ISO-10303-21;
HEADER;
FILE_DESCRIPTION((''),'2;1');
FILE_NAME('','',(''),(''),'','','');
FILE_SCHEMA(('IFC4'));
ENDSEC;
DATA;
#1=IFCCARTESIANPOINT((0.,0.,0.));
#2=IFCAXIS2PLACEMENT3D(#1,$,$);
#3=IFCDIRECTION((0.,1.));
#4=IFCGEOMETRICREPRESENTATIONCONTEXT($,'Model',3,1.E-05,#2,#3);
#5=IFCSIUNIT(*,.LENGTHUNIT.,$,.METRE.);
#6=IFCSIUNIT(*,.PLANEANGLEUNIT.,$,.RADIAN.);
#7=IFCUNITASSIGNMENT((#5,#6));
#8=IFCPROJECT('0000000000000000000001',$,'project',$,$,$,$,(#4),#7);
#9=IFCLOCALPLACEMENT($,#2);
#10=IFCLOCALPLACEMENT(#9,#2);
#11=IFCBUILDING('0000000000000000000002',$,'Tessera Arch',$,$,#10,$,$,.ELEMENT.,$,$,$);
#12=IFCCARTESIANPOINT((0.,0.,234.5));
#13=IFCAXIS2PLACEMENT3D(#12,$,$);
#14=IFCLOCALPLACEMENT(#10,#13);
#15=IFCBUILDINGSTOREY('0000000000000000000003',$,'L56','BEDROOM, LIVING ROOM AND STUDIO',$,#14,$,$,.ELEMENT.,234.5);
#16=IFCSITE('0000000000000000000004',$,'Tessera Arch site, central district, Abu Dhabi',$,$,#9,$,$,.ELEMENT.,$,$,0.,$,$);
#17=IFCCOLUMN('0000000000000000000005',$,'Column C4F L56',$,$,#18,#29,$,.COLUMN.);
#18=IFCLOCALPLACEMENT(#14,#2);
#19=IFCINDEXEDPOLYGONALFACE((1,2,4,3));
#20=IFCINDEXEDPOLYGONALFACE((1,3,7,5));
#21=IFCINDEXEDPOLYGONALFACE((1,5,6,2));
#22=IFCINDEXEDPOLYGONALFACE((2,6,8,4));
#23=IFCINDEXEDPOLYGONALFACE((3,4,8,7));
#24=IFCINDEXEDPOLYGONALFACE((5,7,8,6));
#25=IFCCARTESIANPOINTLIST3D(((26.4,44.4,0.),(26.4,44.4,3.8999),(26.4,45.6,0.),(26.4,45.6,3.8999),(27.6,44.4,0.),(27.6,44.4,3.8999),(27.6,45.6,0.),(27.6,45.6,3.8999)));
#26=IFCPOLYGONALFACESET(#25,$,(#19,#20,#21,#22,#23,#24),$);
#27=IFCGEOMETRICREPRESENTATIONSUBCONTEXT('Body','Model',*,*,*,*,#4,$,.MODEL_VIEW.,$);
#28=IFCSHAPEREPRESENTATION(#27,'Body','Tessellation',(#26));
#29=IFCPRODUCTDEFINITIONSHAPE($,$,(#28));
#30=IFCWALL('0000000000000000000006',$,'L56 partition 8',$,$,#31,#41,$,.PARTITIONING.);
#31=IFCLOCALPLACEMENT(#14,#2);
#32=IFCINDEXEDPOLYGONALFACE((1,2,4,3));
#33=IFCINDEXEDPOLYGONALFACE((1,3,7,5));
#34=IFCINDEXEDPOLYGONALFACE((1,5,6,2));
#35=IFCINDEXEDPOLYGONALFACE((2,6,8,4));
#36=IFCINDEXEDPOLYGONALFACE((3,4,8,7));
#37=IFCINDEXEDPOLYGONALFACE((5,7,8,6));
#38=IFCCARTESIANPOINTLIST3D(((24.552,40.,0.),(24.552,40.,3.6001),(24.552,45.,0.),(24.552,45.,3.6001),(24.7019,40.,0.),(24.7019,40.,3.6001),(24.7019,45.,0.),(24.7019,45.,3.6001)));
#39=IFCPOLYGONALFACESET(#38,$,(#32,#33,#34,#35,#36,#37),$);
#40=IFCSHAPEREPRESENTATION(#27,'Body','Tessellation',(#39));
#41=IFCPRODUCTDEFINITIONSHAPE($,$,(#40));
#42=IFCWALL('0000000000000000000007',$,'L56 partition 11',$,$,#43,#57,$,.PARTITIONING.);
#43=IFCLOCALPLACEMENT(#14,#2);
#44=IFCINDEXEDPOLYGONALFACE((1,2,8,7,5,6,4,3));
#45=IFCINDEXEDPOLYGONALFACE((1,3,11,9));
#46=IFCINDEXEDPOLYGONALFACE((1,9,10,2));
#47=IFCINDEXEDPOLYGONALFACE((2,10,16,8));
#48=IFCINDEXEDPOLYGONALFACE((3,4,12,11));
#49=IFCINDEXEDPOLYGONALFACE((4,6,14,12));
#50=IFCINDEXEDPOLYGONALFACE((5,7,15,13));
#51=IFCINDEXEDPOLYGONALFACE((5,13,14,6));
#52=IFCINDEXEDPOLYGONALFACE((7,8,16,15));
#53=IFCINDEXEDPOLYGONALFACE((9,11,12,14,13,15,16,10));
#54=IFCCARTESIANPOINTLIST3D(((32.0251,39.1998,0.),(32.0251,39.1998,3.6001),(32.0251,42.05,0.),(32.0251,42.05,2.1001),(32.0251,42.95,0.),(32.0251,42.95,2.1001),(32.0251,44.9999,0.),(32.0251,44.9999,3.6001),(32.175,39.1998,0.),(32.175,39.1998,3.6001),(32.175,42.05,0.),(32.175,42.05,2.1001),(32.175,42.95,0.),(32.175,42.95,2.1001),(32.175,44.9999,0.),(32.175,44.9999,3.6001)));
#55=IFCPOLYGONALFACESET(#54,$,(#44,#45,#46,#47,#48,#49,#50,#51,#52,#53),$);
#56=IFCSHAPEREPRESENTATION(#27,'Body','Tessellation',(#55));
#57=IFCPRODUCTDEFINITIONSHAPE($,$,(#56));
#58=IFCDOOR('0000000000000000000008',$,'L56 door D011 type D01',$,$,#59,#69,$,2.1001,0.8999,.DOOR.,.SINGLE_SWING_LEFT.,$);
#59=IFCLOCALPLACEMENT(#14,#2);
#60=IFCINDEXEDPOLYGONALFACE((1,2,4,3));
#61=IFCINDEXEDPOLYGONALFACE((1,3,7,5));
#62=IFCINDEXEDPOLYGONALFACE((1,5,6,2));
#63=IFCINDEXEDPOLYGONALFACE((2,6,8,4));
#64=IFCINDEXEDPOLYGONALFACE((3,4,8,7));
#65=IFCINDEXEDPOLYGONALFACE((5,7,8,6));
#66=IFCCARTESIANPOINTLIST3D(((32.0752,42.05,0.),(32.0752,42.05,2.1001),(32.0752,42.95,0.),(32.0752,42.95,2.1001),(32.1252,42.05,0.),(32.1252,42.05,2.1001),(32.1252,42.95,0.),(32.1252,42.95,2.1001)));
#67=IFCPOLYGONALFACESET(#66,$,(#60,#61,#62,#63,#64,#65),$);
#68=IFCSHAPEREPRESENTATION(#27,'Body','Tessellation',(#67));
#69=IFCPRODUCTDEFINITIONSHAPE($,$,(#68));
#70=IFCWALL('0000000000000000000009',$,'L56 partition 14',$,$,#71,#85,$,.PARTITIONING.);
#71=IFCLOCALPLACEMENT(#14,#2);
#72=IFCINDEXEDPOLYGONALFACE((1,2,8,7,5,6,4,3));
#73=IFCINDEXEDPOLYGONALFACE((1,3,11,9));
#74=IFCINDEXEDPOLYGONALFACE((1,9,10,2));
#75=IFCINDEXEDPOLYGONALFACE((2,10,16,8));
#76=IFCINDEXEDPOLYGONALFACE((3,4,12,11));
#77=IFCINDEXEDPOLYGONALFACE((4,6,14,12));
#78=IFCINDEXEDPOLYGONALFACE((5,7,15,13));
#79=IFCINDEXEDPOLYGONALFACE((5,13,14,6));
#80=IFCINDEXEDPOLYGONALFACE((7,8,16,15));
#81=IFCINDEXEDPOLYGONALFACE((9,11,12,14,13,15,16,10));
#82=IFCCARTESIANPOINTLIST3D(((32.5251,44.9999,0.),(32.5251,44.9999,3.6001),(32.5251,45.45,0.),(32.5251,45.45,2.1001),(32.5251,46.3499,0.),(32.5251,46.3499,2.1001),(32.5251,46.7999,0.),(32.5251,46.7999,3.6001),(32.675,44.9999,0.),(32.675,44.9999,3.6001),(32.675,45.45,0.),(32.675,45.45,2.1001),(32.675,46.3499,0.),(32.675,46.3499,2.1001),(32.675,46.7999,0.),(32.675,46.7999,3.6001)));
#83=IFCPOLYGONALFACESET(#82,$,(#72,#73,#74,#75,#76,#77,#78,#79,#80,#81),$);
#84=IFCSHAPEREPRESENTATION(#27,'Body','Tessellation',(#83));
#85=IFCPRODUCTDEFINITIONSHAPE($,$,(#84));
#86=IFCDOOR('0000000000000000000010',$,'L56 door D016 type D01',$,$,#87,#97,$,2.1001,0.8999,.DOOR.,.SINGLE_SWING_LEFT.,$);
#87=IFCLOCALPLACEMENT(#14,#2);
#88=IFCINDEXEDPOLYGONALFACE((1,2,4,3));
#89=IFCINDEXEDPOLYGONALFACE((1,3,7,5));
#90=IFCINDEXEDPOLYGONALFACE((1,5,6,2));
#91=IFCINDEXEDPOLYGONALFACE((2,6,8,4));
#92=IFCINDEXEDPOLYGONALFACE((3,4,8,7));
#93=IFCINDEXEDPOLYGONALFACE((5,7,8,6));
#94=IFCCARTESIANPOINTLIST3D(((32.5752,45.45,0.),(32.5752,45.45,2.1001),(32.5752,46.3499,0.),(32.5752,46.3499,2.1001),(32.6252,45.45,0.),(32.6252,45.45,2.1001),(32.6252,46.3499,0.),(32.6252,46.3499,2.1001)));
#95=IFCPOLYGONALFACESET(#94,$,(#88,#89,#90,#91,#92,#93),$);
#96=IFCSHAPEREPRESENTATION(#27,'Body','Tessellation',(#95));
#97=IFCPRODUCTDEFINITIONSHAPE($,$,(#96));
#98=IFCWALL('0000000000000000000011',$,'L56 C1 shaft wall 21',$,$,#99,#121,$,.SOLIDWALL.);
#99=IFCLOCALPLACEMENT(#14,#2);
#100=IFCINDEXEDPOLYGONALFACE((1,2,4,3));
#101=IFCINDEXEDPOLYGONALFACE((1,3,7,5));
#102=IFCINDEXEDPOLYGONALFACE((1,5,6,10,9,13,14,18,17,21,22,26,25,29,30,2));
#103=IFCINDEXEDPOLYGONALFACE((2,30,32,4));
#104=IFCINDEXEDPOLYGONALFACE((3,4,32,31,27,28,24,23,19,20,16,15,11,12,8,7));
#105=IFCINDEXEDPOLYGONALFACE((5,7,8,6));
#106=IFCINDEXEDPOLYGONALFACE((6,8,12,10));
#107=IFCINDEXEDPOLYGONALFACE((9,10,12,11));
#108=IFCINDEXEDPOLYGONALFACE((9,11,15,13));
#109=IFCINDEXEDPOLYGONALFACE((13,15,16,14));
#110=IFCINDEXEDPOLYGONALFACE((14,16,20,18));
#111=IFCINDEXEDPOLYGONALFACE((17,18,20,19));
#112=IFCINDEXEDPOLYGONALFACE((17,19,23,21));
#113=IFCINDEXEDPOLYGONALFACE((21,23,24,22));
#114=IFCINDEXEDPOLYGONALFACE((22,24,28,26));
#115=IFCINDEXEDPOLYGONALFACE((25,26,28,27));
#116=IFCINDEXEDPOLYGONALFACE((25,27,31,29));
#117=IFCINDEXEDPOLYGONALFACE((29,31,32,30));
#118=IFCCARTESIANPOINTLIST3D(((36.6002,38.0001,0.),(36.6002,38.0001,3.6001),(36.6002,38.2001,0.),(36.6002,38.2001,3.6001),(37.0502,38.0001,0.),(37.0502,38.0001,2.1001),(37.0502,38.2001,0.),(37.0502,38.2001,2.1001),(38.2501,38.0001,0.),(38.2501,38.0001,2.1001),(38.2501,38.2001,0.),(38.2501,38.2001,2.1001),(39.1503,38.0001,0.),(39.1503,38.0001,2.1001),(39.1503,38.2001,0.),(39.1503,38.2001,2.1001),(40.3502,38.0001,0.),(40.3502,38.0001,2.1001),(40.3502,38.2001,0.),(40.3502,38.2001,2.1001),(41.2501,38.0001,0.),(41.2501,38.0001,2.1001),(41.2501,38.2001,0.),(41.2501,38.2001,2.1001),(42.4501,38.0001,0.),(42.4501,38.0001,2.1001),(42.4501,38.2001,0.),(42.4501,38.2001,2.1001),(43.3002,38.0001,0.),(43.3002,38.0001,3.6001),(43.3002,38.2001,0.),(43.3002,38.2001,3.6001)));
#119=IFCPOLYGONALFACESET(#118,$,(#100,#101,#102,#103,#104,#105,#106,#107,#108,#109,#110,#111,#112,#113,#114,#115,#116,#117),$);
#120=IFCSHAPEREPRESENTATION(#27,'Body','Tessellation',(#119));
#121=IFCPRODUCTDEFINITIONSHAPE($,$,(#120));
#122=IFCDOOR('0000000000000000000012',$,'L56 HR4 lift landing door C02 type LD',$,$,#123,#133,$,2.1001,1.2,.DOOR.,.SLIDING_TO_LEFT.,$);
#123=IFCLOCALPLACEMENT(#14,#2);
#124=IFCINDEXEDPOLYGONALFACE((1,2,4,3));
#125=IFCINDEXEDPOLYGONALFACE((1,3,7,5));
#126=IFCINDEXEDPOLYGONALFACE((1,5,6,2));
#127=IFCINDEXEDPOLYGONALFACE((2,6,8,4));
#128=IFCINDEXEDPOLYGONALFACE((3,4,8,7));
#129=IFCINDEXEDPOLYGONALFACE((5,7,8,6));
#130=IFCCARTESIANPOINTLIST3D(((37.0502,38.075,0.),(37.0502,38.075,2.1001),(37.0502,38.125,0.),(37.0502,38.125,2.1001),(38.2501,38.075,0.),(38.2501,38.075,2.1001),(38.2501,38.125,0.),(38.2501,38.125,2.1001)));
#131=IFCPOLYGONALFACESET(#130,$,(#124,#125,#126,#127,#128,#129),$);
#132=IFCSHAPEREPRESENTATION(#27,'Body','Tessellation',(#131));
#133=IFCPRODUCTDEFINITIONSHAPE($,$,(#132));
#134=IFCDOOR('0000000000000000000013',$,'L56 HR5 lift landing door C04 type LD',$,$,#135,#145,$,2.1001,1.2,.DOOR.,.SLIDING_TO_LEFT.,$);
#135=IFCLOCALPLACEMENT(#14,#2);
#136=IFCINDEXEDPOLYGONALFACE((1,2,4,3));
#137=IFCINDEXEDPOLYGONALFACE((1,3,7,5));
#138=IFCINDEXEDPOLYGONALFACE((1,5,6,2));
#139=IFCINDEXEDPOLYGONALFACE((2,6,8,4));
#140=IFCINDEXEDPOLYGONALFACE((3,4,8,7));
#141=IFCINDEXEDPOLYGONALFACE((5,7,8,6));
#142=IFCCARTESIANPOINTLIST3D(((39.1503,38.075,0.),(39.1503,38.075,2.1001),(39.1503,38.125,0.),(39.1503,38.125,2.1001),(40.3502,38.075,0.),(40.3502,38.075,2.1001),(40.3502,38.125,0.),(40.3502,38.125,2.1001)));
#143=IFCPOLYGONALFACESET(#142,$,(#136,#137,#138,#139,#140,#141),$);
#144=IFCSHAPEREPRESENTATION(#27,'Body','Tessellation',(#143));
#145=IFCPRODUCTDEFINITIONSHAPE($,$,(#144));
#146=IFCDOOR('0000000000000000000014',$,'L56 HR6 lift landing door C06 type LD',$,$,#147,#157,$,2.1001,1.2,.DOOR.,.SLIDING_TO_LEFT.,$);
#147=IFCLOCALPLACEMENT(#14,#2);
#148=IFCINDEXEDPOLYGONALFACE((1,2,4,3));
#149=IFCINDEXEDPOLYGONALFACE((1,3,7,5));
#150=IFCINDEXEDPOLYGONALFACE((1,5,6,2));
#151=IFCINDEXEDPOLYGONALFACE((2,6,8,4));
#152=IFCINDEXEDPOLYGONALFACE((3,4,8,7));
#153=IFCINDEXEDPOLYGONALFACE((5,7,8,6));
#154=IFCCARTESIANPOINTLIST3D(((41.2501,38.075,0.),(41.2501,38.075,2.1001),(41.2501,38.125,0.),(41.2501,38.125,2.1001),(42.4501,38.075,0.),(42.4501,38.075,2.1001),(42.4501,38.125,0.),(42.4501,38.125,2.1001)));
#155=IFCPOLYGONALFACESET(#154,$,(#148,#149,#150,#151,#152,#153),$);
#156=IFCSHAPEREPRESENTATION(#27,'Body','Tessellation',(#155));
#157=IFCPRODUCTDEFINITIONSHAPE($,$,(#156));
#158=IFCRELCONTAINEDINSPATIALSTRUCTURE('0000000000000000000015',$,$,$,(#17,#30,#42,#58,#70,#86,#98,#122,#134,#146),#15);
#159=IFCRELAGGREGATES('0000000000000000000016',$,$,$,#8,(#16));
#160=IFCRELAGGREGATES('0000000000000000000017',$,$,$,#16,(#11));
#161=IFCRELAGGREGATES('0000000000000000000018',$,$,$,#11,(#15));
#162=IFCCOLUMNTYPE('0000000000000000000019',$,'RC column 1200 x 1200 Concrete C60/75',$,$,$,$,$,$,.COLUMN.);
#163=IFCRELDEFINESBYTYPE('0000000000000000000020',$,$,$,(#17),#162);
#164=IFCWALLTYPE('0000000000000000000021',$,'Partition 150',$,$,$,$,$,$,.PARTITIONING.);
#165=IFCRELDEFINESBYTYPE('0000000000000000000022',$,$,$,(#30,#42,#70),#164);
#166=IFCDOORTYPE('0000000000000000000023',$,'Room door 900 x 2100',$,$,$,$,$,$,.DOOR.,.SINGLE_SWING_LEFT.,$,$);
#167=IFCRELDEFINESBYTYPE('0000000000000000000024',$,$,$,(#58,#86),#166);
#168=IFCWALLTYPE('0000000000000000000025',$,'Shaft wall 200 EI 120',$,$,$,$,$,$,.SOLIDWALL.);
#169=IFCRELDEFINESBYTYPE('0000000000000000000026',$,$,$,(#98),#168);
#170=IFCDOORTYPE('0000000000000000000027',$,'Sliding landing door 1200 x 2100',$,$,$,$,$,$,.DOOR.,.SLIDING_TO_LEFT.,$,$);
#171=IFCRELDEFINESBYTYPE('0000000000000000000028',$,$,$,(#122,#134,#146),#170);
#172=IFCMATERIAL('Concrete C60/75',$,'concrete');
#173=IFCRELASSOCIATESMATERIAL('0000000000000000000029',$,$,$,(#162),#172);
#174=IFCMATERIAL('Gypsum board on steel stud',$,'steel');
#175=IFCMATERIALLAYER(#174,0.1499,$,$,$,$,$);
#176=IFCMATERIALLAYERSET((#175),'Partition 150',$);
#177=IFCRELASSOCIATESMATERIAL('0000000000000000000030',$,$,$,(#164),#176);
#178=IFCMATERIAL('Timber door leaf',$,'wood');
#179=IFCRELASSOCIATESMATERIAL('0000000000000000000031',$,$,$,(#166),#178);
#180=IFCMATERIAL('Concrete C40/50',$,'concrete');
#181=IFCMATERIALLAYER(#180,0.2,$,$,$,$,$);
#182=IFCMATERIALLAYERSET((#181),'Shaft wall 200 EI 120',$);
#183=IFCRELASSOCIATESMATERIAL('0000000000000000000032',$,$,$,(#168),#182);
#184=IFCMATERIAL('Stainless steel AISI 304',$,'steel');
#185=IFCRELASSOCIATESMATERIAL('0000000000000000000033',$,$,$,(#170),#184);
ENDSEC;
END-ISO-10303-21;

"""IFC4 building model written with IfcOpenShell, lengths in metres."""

from ifc_helpers import new_model, si_unit, direction, frame, frame_2d, origin, origin_2d, place, context, subcontext, project, spatial, rectangle, extrude, material, layer, layer_set, material_profile, profile_set, type_object, element, fill, save


model = new_model("IFC4")

# Units and contexts
model_context = context("Model", 3, precision=1e-05, world=origin(), true_north=direction((0.0, 1.0)))
body_context = subcontext(model_context, "Body", "Model", "MODEL_VIEW")
ifc_project = project(units=[si_unit("LENGTHUNIT", "METRE"), si_unit("PLANEANGLEUNIT", "RADIAN")], contexts=[model_context])

# Site, building, storey
site_placement = place(None, origin())
site = spatial("IfcSite", under=ifc_project, at=site_placement, Name="Tessera Arch site, central district, Abu Dhabi", CompositionType="ELEMENT", RefElevation=0.0)
building_placement = place(site_placement, origin())
building = spatial("IfcBuilding", under=site, at=building_placement, Name="Tessera Arch", CompositionType="ELEMENT")
storey_placement = place(building_placement, frame((0.0, 0.0, 234.5)))
storey = spatial("IfcBuildingStorey", under=building, at=storey_placement, Name="L56", Description="BEDROOM, LIVING ROOM AND STUDIO", CompositionType="ELEMENT", Elevation=234.5)

# Column
ifc_material_1 = material(Name="Concrete C60/75", Category="concrete")
ifc_material_profile = material_profile(ifc_material_1, rectangle(XDim=1.2, YDim=1.2, at=origin_2d()), Name="RC column 1200 x 1200 Concrete C60/75")
ifc_profile_set = profile_set([ifc_material_profile], Name="Concrete C60/75")
column_type = type_object("IfcColumnType", Name="RC column 1200 x 1200 Concrete C60/75", PredefinedType="COLUMN", material=ifc_profile_set)
column_placement = place(storey_placement, frame((27.0, 45.0, 0.0), z_axis=(0.0, 0.0, 1.0), x_axis=(1.0, 0.0, 0.0)))
element("IfcColumn", 1, at=column_placement, inside=storey, type_object=column_type, Name="Column C4F L56", PredefinedType="COLUMN", context=body_context, shape_type="SweptSolid", body=[
    extrude(rectangle(XDim=1.2, YDim=1.2, at=origin_2d()), origin(), (0.0, 0.0, 1.0), 3.8999),
])

# Wall
ifc_material_2 = material(Name="Gypsum board on steel stud", Category="steel")
ifc_layer_1 = layer(ifc_material_2, 0.1499)
ifc_layer_set_1 = layer_set([ifc_layer_1], Name="Partition 150")
wall_type_1 = type_object("IfcWallType", Name="Partition 150", PredefinedType="PARTITIONING", material=ifc_layer_set_1)
wall_1_placement = place(storey_placement, frame((24.627, 40.0, 0.0), z_axis=(0.0, 0.0, 1.0), x_axis=(0.0, 1.0, 0.0)))
element("IfcWall", 2, at=wall_1_placement, inside=storey, type_object=wall_type_1, Name="L56 partition 8", PredefinedType="PARTITIONING", context=body_context, shape_type="SweptSolid", body=[
    extrude(rectangle(XDim=5.0, YDim=0.1499, at=frame_2d((2.5, 0.0))), origin(), (0.0, 0.0, 1.0), 3.6001),
])

# Walls, openings, doors
wall_2_placement = place(storey_placement, frame((32.1001, 39.2, 0.0), z_axis=(0.0, 0.0, 1.0), x_axis=(0.0, 1.0, 0.0)))
wall_2 = element("IfcWall", 3, at=wall_2_placement, inside=storey, type_object=wall_type_1, Name="L56 partition 11", PredefinedType="PARTITIONING", context=body_context, shape_type="SweptSolid", body=[
    extrude(rectangle(XDim=5.8, YDim=0.1499, at=frame_2d((2.8999, 0.0))), origin(), (0.0, 0.0, 1.0), 3.6001),
])
opening_1_placement = place(wall_2_placement, frame((2.8501, 0.0, 0.0)))
opening_1 = element("IfcOpeningElement", 4, at=opening_1_placement, cuts=wall_2, PredefinedType="OPENING", context=body_context, shape_type="SweptSolid", body=[
    extrude(rectangle(XDim=0.8999, YDim=2.1001, at=frame_2d((0.45, 1.05))), frame((0.0, 0.085, 0.0), z_axis=(0.0, -1.0, 0.0), x_axis=(1.0, 0.0, 0.0)), (0.0, 0.0, 1.0), 0.1699),
])
ifc_material_3 = material(Name="Timber door leaf", Category="wood")
door_type_1 = type_object("IfcDoorType", Name="Room door 900 x 2100", OperationType="SINGLE_SWING_LEFT", PredefinedType="DOOR", material=ifc_material_3)
door_1_placement = place(opening_1_placement, origin())
door_1 = element("IfcDoor", 5, at=door_1_placement, inside=storey, type_object=door_type_1, Name="L56 door D011 type D01", OperationType="SINGLE_SWING_LEFT", OverallHeight=2.1001, OverallWidth=0.8999, PredefinedType="DOOR", context=body_context, shape_type="SweptSolid", body=[
    extrude(rectangle(XDim=0.8999, YDim=2.1001, at=frame_2d((0.45, 1.05))), frame((0.0, 0.0249, 0.0), z_axis=(0.0, -1.0, 0.0), x_axis=(1.0, 0.0, 0.0)), (0.0, 0.0, 1.0), 0.05),
])
fill(opening_1, door_1)
wall_3_placement = place(storey_placement, frame((32.6001, 45.0, 0.0), z_axis=(0.0, 0.0, 1.0), x_axis=(0.0, 1.0, 0.0)))
wall_3 = element("IfcWall", 6, at=wall_3_placement, inside=storey, type_object=wall_type_1, Name="L56 partition 14", PredefinedType="PARTITIONING", context=body_context, shape_type="SweptSolid", body=[
    extrude(rectangle(XDim=1.8, YDim=0.1499, at=frame_2d((0.8999, 0.0))), origin(), (0.0, 0.0, 1.0), 3.6001),
])
opening_2_placement = place(wall_3_placement, frame((0.45, 0.0, 0.0)))
opening_2 = element("IfcOpeningElement", 7, at=opening_2_placement, cuts=wall_3, PredefinedType="OPENING", context=body_context, shape_type="SweptSolid", body=[
    extrude(rectangle(XDim=0.8999, YDim=2.1001, at=frame_2d((0.45, 1.05))), frame((0.0, 0.085, 0.0), z_axis=(0.0, -1.0, 0.0), x_axis=(1.0, 0.0, 0.0)), (0.0, 0.0, 1.0), 0.1699),
])
door_2_placement = place(opening_2_placement, origin())
door_2 = element("IfcDoor", 8, at=door_2_placement, inside=storey, type_object=door_type_1, Name="L56 door D016 type D01", OperationType="SINGLE_SWING_LEFT", OverallHeight=2.1001, OverallWidth=0.8999, PredefinedType="DOOR", context=body_context, shape_type="SweptSolid", body=[
    extrude(rectangle(XDim=0.8999, YDim=2.1001, at=frame_2d((0.45, 1.05))), frame((0.0, 0.0249, 0.0), z_axis=(0.0, -1.0, 0.0), x_axis=(1.0, 0.0, 0.0)), (0.0, 0.0, 1.0), 0.05),
])
fill(opening_2, door_2)

# Wall, openings, doors
ifc_material_4 = material(Name="Concrete C40/50", Category="concrete")
ifc_layer_2 = layer(ifc_material_4, 0.2)
ifc_layer_set_2 = layer_set([ifc_layer_2], Name="Shaft wall 200 EI 120")
wall_type_2 = type_object("IfcWallType", Name="Shaft wall 200 EI 120", PredefinedType="SOLIDWALL", material=ifc_layer_set_2)
wall_4_placement = place(storey_placement, frame((36.6001, 38.1001, 0.0), z_axis=(0.0, 0.0, 1.0), x_axis=(1.0, 0.0, 0.0)))
wall_4 = element("IfcWall", 9, at=wall_4_placement, inside=storey, type_object=wall_type_2, Name="L56 C1 shaft wall 21", PredefinedType="SOLIDWALL", context=body_context, shape_type="SweptSolid", body=[
    extrude(rectangle(XDim=6.7, YDim=0.2, at=frame_2d((3.3501, 0.0))), origin(), (0.0, 0.0, 1.0), 3.6001),
])
opening_3_placement = place(wall_4_placement, frame((0.45, 0.0, 0.0)))
opening_3 = element("IfcOpeningElement", 10, at=opening_3_placement, cuts=wall_4, PredefinedType="OPENING", context=body_context, shape_type="SweptSolid", body=[
    extrude(rectangle(XDim=1.2, YDim=2.1001, at=frame_2d((0.6001, 1.05))), frame((0.0, 0.1099, 0.0), z_axis=(0.0, -1.0, 0.0), x_axis=(1.0, 0.0, 0.0)), (0.0, 0.0, 1.0), 0.22),
])
opening_4_placement = place(wall_4_placement, frame((2.55, 0.0, 0.0)))
opening_4 = element("IfcOpeningElement", 11, at=opening_4_placement, cuts=wall_4, PredefinedType="OPENING", context=body_context, shape_type="SweptSolid", body=[
    extrude(rectangle(XDim=1.2, YDim=2.1001, at=frame_2d((0.6001, 1.05))), frame((0.0, 0.1099, 0.0), z_axis=(0.0, -1.0, 0.0), x_axis=(1.0, 0.0, 0.0)), (0.0, 0.0, 1.0), 0.22),
])
opening_5_placement = place(wall_4_placement, frame((4.6499, 0.0, 0.0)))
opening_5 = element("IfcOpeningElement", 12, at=opening_5_placement, cuts=wall_4, PredefinedType="OPENING", context=body_context, shape_type="SweptSolid", body=[
    extrude(rectangle(XDim=1.2, YDim=2.1001, at=frame_2d((0.6001, 1.05))), frame((0.0, 0.1099, 0.0), z_axis=(0.0, -1.0, 0.0), x_axis=(1.0, 0.0, 0.0)), (0.0, 0.0, 1.0), 0.22),
])
ifc_material_5 = material(Name="Stainless steel AISI 304", Category="steel")
door_type_2 = type_object("IfcDoorType", Name="Sliding landing door 1200 x 2100", OperationType="SLIDING_TO_LEFT", PredefinedType="DOOR", material=ifc_material_5)
door_3_placement = place(opening_3_placement, origin())
door_3 = element("IfcDoor", 13, at=door_3_placement, inside=storey, type_object=door_type_2, Name="L56 HR4 lift landing door C02 type LD", OperationType="SLIDING_TO_LEFT", OverallHeight=2.1001, OverallWidth=1.2, PredefinedType="DOOR", context=body_context, shape_type="SweptSolid", body=[
    extrude(rectangle(XDim=1.2, YDim=2.1001, at=frame_2d((0.6001, 1.05))), frame((0.0, 0.0249, 0.0), z_axis=(0.0, -1.0, 0.0), x_axis=(1.0, 0.0, 0.0)), (0.0, 0.0, 1.0), 0.05),
])
fill(opening_3, door_3)
door_4_placement = place(opening_4_placement, origin())
door_4 = element("IfcDoor", 14, at=door_4_placement, inside=storey, type_object=door_type_2, Name="L56 HR5 lift landing door C04 type LD", OperationType="SLIDING_TO_LEFT", OverallHeight=2.1001, OverallWidth=1.2, PredefinedType="DOOR", context=body_context, shape_type="SweptSolid", body=[
    extrude(rectangle(XDim=1.2, YDim=2.1001, at=frame_2d((0.6001, 1.05))), frame((0.0, 0.0249, 0.0), z_axis=(0.0, -1.0, 0.0), x_axis=(1.0, 0.0, 0.0)), (0.0, 0.0, 1.0), 0.05),
])
fill(opening_4, door_4)
door_5_placement = place(opening_5_placement, origin())
door_5 = element("IfcDoor", 15, at=door_5_placement, inside=storey, type_object=door_type_2, Name="L56 HR6 lift landing door C06 type LD", OperationType="SLIDING_TO_LEFT", OverallHeight=2.1001, OverallWidth=1.2, PredefinedType="DOOR", context=body_context, shape_type="SweptSolid", body=[
    extrude(rectangle(XDim=1.2, YDim=2.1001, at=frame_2d((0.6001, 1.05))), frame((0.0, 0.0249, 0.0), z_axis=(0.0, -1.0, 0.0), x_axis=(1.0, 0.0, 0.0)), (0.0, 0.0, 1.0), 0.05),
])
fill(opening_5, door_5)

save(model, "model.ifc")
